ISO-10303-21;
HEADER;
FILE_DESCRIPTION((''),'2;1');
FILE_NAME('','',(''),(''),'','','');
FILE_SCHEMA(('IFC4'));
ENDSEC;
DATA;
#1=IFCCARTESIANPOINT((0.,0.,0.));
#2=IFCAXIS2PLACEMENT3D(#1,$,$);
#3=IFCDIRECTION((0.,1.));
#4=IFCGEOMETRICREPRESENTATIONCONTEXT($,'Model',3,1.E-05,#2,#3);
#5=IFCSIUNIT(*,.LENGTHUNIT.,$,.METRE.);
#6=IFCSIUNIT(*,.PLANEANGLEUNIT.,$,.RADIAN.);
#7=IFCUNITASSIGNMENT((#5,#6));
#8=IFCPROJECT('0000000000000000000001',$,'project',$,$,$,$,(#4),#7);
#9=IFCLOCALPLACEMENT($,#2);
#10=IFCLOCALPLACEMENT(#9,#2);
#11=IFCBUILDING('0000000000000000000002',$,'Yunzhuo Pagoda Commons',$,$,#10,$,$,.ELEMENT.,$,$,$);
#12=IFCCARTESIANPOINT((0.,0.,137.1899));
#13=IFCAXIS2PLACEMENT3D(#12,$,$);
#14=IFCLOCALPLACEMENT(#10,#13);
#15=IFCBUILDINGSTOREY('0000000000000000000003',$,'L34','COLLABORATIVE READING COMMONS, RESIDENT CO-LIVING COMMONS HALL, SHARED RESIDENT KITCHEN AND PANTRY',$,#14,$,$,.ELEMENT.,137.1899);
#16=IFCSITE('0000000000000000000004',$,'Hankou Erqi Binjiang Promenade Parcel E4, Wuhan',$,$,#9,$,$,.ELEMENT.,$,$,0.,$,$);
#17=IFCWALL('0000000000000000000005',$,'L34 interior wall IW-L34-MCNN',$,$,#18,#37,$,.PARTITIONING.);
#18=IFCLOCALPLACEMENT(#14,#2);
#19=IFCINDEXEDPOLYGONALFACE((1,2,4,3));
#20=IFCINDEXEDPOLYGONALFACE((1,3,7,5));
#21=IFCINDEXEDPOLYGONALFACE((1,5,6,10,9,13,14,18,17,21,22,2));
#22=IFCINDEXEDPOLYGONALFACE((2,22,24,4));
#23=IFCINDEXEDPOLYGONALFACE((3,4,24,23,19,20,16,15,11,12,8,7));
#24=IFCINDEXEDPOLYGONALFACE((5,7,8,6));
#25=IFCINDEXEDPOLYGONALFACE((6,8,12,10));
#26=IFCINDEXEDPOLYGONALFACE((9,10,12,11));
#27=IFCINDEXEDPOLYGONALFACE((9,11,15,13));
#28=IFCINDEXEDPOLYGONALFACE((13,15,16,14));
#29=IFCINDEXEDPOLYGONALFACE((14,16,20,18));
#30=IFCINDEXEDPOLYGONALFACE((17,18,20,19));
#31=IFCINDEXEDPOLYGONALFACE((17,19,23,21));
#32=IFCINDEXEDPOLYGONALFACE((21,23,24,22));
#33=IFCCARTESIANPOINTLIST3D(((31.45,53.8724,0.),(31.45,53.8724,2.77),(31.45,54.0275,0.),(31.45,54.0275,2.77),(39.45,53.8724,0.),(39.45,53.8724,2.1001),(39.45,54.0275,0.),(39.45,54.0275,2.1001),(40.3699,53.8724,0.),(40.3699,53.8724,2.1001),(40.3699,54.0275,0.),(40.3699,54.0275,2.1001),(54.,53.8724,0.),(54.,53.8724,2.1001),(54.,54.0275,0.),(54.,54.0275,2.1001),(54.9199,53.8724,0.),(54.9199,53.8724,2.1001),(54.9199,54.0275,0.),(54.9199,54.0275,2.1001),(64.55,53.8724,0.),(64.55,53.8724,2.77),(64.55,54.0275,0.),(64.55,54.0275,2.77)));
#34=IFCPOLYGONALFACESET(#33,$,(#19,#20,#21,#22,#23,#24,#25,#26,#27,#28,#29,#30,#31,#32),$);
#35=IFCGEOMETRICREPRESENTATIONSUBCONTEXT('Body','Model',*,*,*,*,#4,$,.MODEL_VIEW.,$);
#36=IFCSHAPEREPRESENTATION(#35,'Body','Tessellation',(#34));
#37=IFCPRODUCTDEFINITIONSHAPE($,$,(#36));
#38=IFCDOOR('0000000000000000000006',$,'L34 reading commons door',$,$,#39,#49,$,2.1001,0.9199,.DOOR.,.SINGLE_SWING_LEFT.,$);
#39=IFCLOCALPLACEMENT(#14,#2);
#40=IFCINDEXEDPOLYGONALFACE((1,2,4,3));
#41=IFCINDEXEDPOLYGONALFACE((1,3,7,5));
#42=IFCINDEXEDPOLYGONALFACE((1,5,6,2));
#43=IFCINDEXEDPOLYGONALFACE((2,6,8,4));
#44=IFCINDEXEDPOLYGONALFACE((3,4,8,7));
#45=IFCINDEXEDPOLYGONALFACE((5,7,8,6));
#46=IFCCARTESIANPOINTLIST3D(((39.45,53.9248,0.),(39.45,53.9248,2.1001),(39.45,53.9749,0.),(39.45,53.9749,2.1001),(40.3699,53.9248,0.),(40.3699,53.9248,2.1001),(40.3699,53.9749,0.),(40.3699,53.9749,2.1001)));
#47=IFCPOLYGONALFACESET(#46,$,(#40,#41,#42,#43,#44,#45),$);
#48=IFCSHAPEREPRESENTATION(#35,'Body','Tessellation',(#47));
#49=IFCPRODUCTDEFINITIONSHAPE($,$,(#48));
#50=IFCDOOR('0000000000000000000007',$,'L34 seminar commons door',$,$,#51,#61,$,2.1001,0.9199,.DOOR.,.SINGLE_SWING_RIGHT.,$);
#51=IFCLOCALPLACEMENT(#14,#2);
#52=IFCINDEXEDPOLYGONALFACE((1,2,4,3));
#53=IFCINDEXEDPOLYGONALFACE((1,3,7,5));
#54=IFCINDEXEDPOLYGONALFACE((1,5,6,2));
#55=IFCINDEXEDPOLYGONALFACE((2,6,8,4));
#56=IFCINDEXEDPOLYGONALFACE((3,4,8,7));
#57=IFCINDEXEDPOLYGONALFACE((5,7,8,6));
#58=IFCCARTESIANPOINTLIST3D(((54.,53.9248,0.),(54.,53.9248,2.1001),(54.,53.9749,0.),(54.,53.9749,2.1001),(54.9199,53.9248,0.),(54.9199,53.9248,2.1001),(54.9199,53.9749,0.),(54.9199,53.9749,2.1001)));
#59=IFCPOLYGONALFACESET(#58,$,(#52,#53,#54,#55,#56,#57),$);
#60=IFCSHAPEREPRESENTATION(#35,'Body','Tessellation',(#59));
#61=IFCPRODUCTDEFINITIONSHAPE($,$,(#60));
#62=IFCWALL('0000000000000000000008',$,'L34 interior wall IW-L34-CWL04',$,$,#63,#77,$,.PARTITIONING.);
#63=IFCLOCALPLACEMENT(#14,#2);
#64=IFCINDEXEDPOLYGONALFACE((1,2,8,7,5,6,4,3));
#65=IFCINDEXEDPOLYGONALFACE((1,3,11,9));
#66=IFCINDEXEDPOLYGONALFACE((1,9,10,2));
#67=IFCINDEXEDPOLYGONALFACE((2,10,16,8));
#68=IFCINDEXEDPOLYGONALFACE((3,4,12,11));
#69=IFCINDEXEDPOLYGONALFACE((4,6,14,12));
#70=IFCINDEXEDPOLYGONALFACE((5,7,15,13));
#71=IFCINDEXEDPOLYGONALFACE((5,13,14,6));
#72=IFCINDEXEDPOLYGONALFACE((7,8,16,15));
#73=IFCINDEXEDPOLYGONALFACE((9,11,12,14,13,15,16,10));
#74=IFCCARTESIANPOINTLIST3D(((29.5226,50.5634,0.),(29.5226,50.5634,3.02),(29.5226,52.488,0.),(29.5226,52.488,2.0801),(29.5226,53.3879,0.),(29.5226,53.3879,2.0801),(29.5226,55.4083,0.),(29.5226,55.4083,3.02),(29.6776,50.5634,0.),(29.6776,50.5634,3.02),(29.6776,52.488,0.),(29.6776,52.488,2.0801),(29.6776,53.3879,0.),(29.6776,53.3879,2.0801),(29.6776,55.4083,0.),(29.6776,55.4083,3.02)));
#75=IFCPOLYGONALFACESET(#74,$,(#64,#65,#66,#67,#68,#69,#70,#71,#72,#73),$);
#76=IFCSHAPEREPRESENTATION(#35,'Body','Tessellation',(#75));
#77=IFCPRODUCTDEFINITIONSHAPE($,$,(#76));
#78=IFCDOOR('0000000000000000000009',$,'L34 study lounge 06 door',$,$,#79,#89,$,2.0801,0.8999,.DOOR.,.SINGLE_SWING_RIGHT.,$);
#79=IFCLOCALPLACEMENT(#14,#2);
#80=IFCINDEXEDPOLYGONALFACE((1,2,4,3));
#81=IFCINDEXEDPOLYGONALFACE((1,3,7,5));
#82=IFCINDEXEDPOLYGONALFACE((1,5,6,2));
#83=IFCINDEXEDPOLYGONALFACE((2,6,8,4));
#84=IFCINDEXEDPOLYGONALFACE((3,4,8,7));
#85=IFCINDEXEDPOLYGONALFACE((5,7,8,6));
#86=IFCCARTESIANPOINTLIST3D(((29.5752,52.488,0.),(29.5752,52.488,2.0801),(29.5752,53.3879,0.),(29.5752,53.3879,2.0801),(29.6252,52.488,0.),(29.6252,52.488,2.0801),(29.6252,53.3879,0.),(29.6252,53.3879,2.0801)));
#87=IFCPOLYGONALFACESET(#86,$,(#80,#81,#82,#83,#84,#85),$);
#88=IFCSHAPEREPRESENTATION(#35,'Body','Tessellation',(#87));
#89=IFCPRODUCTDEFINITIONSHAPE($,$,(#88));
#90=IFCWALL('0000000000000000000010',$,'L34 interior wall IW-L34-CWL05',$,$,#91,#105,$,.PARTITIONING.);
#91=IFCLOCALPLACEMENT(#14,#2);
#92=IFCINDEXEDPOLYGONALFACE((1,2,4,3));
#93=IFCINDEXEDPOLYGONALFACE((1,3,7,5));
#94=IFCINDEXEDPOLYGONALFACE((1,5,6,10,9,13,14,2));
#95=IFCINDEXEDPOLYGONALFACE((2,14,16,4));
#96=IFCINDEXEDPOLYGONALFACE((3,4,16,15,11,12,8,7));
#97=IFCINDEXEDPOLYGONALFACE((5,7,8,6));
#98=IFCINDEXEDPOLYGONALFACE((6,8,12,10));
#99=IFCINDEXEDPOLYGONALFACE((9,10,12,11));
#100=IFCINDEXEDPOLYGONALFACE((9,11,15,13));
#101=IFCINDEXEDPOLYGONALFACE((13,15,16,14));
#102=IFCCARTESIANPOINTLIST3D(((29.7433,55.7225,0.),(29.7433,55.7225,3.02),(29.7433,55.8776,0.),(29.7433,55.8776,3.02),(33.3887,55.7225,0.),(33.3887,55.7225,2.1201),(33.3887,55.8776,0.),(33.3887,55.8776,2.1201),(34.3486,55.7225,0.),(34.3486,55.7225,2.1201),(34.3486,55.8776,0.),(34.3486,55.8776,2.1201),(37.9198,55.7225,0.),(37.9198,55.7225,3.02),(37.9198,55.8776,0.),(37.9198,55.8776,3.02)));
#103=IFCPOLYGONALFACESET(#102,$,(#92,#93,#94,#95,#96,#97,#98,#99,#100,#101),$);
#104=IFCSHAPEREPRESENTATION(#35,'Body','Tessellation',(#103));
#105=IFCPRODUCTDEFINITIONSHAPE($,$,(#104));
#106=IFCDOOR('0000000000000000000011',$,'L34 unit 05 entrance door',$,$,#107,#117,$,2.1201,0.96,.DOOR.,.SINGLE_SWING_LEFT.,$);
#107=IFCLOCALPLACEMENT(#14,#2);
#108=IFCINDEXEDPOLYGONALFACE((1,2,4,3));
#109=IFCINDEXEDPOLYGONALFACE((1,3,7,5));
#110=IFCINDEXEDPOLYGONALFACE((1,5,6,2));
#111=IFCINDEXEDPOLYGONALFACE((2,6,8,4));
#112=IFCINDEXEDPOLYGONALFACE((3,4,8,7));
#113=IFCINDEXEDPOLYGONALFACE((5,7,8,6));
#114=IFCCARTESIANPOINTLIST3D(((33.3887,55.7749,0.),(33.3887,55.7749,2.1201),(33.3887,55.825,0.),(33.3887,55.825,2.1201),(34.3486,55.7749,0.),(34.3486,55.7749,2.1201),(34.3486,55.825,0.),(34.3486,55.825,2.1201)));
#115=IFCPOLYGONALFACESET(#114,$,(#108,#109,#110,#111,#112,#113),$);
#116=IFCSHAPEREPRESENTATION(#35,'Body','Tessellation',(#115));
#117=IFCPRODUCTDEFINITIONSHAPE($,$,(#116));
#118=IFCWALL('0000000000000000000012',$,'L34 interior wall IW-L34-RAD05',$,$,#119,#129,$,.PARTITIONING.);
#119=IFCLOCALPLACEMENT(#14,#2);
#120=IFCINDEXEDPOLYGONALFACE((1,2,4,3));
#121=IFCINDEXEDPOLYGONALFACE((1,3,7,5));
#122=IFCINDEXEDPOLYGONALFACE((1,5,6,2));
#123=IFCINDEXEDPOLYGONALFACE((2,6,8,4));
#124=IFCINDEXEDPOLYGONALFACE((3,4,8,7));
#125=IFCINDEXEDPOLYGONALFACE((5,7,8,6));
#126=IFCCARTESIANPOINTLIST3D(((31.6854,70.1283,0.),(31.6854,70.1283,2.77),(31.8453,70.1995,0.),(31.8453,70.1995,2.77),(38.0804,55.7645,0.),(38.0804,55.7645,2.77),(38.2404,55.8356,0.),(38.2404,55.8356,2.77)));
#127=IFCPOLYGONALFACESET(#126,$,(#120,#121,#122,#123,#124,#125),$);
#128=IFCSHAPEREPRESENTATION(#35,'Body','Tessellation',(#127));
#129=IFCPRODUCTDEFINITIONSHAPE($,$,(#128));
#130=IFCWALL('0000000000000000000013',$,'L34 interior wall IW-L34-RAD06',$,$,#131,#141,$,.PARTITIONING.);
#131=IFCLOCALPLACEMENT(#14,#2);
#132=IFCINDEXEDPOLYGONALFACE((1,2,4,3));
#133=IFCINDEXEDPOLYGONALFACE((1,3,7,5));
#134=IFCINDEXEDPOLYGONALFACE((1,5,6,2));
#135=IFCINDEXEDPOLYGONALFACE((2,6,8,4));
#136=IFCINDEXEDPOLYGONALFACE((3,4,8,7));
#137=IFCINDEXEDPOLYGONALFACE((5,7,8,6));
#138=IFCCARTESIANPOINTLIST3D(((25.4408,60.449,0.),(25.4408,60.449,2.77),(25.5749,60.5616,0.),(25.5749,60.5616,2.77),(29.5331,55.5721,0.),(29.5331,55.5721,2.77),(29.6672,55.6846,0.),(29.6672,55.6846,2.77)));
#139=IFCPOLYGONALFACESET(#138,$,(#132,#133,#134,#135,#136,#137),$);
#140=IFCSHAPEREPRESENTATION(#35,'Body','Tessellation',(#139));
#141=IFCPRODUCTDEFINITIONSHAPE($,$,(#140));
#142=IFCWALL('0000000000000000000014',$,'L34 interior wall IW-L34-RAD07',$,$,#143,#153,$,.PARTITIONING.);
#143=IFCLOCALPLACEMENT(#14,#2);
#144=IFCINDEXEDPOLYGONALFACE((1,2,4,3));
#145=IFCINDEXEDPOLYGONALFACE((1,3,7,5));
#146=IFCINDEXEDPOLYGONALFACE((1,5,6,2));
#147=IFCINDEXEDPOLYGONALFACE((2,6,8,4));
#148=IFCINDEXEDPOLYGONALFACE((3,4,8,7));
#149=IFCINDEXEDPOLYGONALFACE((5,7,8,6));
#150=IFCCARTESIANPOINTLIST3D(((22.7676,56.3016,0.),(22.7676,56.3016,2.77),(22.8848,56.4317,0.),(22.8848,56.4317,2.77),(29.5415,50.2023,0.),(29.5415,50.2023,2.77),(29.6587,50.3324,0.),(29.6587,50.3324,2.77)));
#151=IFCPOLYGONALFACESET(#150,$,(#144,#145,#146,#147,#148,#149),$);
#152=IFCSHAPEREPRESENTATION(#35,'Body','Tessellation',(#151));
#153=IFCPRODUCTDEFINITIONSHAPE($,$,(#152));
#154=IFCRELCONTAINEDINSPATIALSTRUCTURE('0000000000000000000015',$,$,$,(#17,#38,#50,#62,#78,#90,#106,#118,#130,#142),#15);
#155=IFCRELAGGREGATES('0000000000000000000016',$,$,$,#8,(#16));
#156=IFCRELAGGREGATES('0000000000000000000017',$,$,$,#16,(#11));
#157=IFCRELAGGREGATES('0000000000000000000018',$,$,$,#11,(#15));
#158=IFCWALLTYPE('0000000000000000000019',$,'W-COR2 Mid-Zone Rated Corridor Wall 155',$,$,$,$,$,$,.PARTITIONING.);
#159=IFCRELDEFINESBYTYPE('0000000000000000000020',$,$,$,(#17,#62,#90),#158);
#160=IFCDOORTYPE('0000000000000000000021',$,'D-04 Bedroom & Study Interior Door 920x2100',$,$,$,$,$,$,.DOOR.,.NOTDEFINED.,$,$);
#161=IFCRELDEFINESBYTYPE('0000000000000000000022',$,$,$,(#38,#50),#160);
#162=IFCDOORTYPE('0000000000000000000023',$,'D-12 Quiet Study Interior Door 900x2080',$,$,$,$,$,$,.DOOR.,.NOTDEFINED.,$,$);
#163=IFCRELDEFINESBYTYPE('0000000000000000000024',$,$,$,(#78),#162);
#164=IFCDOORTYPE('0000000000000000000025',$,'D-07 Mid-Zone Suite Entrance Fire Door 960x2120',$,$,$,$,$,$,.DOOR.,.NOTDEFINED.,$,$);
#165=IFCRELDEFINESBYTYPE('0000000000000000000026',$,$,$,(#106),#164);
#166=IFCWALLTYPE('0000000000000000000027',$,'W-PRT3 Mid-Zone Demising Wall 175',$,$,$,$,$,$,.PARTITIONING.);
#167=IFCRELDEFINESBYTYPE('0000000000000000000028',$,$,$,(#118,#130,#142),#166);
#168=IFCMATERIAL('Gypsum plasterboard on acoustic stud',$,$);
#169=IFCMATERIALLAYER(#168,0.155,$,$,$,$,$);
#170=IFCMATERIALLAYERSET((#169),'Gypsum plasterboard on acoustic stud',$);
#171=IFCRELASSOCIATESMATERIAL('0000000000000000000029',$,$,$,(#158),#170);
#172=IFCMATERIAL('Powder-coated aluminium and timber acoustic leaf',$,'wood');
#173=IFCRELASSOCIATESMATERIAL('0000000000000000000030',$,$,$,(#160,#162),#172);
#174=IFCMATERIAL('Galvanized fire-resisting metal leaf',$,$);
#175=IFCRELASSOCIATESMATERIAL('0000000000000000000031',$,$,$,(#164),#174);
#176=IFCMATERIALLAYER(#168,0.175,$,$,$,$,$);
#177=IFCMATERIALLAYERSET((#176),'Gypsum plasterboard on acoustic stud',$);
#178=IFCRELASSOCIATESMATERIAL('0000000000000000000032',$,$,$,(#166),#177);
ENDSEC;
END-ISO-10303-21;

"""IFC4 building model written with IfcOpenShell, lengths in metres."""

from ifc_helpers import new_model, si_unit, direction, frame, frame_2d, origin, origin_with_axes, place, context, subcontext, project, spatial, rectangle, extrude, source, transform, mapped, material, layer, layer_set, type_object, element, fill, save


model = new_model("IFC4")

# Units and contexts
model_context = context("Model", 3, precision=1e-05, world=origin(), true_north=direction((0.0, 1.0)))
body_context = subcontext(model_context, "Body", "Model", "MODEL_VIEW")
ifc_project = project(units=[si_unit("LENGTHUNIT", "METRE"), si_unit("PLANEANGLEUNIT", "RADIAN")], contexts=[model_context])

# Site, building, storey
site_placement = place(None, origin())
site = spatial("IfcSite", under=ifc_project, at=site_placement, Name="Hankou Erqi Binjiang Promenade Parcel E4, Wuhan", CompositionType="ELEMENT", RefElevation=0.0)
building_placement = place(site_placement, origin())
building = spatial("IfcBuilding", under=site, at=building_placement, Name="Yunzhuo Pagoda Commons", CompositionType="ELEMENT")
storey_placement = place(building_placement, frame((0.0, 0.0, 137.1899)))
storey = spatial("IfcBuildingStorey", under=building, at=storey_placement, Name="L34", Description="COLLABORATIVE READING COMMONS, RESIDENT CO-LIVING COMMONS HALL, SHARED RESIDENT KITCHEN AND PANTRY", CompositionType="ELEMENT", Elevation=137.1899)

# Wall, openings, doors
ifc_material_1 = material(Name="Gypsum plasterboard on acoustic stud")
ifc_layer_1 = layer(ifc_material_1, 0.155)
ifc_layer_set_1 = layer_set([ifc_layer_1], Name="Gypsum plasterboard on acoustic stud")
wall_type_1 = type_object("IfcWallType", Name="W-COR2 Mid-Zone Rated Corridor Wall 155", PredefinedType="PARTITIONING", material=ifc_layer_set_1)
wall_1_placement = place(storey_placement, frame((31.45, 53.95, 0.0), z_axis=(0.0, 0.0, 1.0), x_axis=(1.0, 0.0, 0.0)))
wall_1 = element("IfcWall", 1, at=wall_1_placement, inside=storey, type_object=wall_type_1, Name="L34 interior wall IW-L34-MCNN", PredefinedType="PARTITIONING", context=body_context, shape_type="SweptSolid", body=[
    extrude(rectangle(XDim=33.1001, YDim=0.155, at=frame_2d((16.55, 0.0))), origin(), (0.0, 0.0, 1.0), 2.77),
])
opening_1_placement = place(wall_1_placement, frame((8.0, 0.0, 0.0)))
opening_1 = element("IfcOpeningElement", 2, at=opening_1_placement, cuts=wall_1, PredefinedType="OPENING", context=body_context, shape_type="SweptSolid", body=[
    extrude(rectangle(XDim=0.9199, YDim=2.1001, at=frame_2d((0.46, 1.05))), frame((0.0, 0.0874, 0.0), z_axis=(0.0, -1.0, 0.0), x_axis=(1.0, 0.0, 0.0)), (0.0, 0.0, 1.0), 0.175),
])
opening_2_placement = place(wall_1_placement, frame((22.55, 0.0, 0.0)))
opening_2 = element("IfcOpeningElement", 3, at=opening_2_placement, cuts=wall_1, PredefinedType="OPENING", context=body_context, shape_type="SweptSolid", body=[
    extrude(rectangle(XDim=0.9199, YDim=2.1001, at=frame_2d((0.46, 1.05))), frame((0.0, 0.0874, 0.0), z_axis=(0.0, -1.0, 0.0), x_axis=(1.0, 0.0, 0.0)), (0.0, 0.0, 1.0), 0.175),
])
ifc_material_2 = material(Name="Powder-coated aluminium and timber acoustic leaf", Category="wood")
door_type_1 = type_object("IfcDoorType", Name="D-04 Bedroom & Study Interior Door 920x2100", OperationType="NOTDEFINED", PredefinedType="DOOR", material=ifc_material_2)
shared_shape_1 = source(origin(), body_context, "Body", "SweptSolid", [
    extrude(rectangle(XDim=0.9199, YDim=2.1001, at=frame_2d((0.46, 1.05))), frame((0.0, 0.0249, 0.0), z_axis=(0.0, -1.0, 0.0), x_axis=(1.0, 0.0, 0.0)), (0.0, 0.0, 1.0), 0.05),
])
door_1_placement = place(opening_1_placement, origin_with_axes())
door_1 = element("IfcDoor", 4, at=door_1_placement, inside=storey, type_object=door_type_1, Name="L34 reading commons door", OperationType="SINGLE_SWING_LEFT", OverallHeight=2.1001, OverallWidth=0.9199, PredefinedType="DOOR", context=body_context, shape_type="MappedRepresentation", body=[
    mapped(shared_shape_1, transform((0.0, 0.0, 0.0), scale=1.0)),
])
fill(opening_1, door_1)
door_2_placement = place(opening_2_placement, origin_with_axes())
door_2 = element("IfcDoor", 5, at=door_2_placement, inside=storey, type_object=door_type_1, Name="L34 seminar commons door", OperationType="SINGLE_SWING_RIGHT", OverallHeight=2.1001, OverallWidth=0.9199, PredefinedType="DOOR", context=body_context, shape_type="MappedRepresentation", body=[
    mapped(shared_shape_1, transform((0.0, 0.0, 0.0), scale=1.0)),
])
fill(opening_2, door_2)

# Walls, openings, doors
wall_2_placement = place(storey_placement, frame((29.6001, 50.5635, 0.0), z_axis=(0.0, 0.0, 1.0), x_axis=(0.0, 1.0, 0.0)))
wall_2 = element("IfcWall", 6, at=wall_2_placement, inside=storey, type_object=wall_type_1, Name="L34 interior wall IW-L34-CWL04", PredefinedType="PARTITIONING", context=body_context, shape_type="SweptSolid", body=[
    extrude(rectangle(XDim=4.845, YDim=0.155, at=frame_2d((2.4224, 0.0))), origin(), (0.0, 0.0, 1.0), 3.02),
])
opening_3_placement = place(wall_2_placement, frame((1.9246, 0.0, 0.0)))
opening_3 = element("IfcOpeningElement", 7, at=opening_3_placement, cuts=wall_2, PredefinedType="OPENING", context=body_context, shape_type="SweptSolid", body=[
    extrude(rectangle(XDim=0.8999, YDim=2.0801, at=frame_2d((0.45, 1.04))), frame((0.0, 0.0874, 0.0), z_axis=(0.0, -1.0, 0.0), x_axis=(1.0, 0.0, 0.0)), (0.0, 0.0, 1.0), 0.175),
])
door_type_2 = type_object("IfcDoorType", Name="D-12 Quiet Study Interior Door 900x2080", OperationType="NOTDEFINED", PredefinedType="DOOR", material=ifc_material_2)
shared_shape_2 = source(origin(), body_context, "Body", "SweptSolid", [
    extrude(rectangle(XDim=0.8999, YDim=2.0801, at=frame_2d((0.45, 1.04))), frame((0.0, 0.0249, 0.0), z_axis=(0.0, -1.0, 0.0), x_axis=(1.0, 0.0, 0.0)), (0.0, 0.0, 1.0), 0.05),
])
door_3_placement = place(opening_3_placement, origin_with_axes())
door_3 = element("IfcDoor", 8, at=door_3_placement, inside=storey, type_object=door_type_2, Name="L34 study lounge 06 door", OperationType="SINGLE_SWING_RIGHT", OverallHeight=2.0801, OverallWidth=0.8999, PredefinedType="DOOR", context=body_context, shape_type="MappedRepresentation", body=[
    mapped(shared_shape_2, transform((0.0, 0.0, 0.0), scale=1.0)),
])
fill(opening_3, door_3)
wall_3_placement = place(storey_placement, frame((29.7432, 55.8, 0.0), z_axis=(0.0, 0.0, 1.0), x_axis=(1.0, 0.0, 0.0)))
wall_3 = element("IfcWall", 9, at=wall_3_placement, inside=storey, type_object=wall_type_1, Name="L34 interior wall IW-L34-CWL05", PredefinedType="PARTITIONING", context=body_context, shape_type="SweptSolid", body=[
    extrude(rectangle(XDim=8.1765, YDim=0.155, at=frame_2d((4.0884, 0.0))), origin(), (0.0, 0.0, 1.0), 3.02),
])
opening_4_placement = place(wall_3_placement, frame((3.6455, 0.0, 0.0)))
opening_4 = element("IfcOpeningElement", 10, at=opening_4_placement, cuts=wall_3, PredefinedType="OPENING", context=body_context, shape_type="SweptSolid", body=[
    extrude(rectangle(XDim=0.96, YDim=2.1201, at=frame_2d((0.48, 1.0601))), frame((0.0, 0.0874, 0.0), z_axis=(0.0, -1.0, 0.0), x_axis=(1.0, 0.0, 0.0)), (0.0, 0.0, 1.0), 0.175),
])
ifc_material_3 = material(Name="Galvanized fire-resisting metal leaf")
door_type_3 = type_object("IfcDoorType", Name="D-07 Mid-Zone Suite Entrance Fire Door 960x2120", OperationType="NOTDEFINED", PredefinedType="DOOR", material=ifc_material_3)
shared_shape_3 = source(origin(), body_context, "Body", "SweptSolid", [
    extrude(rectangle(XDim=0.96, YDim=2.1201, at=frame_2d((0.48, 1.0601))), frame((0.0, 0.0249, 0.0), z_axis=(0.0, -1.0, 0.0), x_axis=(1.0, 0.0, 0.0)), (0.0, 0.0, 1.0), 0.05),
])
door_4_placement = place(opening_4_placement, origin_with_axes())
door_4 = element("IfcDoor", 11, at=door_4_placement, inside=storey, type_object=door_type_3, Name="L34 unit 05 entrance door", OperationType="SINGLE_SWING_LEFT", OverallHeight=2.1201, OverallWidth=0.96, PredefinedType="DOOR", context=body_context, shape_type="MappedRepresentation", body=[
    mapped(shared_shape_3, transform((0.0, 0.0, 0.0), scale=1.0)),
])
fill(opening_4, door_4)

# Walls
ifc_layer_2 = layer(ifc_material_1, 0.175)
ifc_layer_set_2 = layer_set([ifc_layer_2], Name="Gypsum plasterboard on acoustic stud")
wall_type_2 = type_object("IfcWallType", Name="W-PRT3 Mid-Zone Demising Wall 175", PredefinedType="PARTITIONING", material=ifc_layer_set_2)
wall_4_placement = place(storey_placement, frame((38.1604, 55.8, 0.0), z_axis=(0.0, 0.0, 1.0), x_axis=(-0.406729, 0.913549, 0.0)))
element("IfcWall", 12, at=wall_4_placement, inside=storey, type_object=wall_type_2, Name="L34 interior wall IW-L34-RAD05", PredefinedType="PARTITIONING", context=body_context, shape_type="SweptSolid", body=[
    extrude(rectangle(XDim=15.7231, YDim=0.175, at=frame_2d((7.8616, 0.0))), origin(), (0.0, 0.0, 1.0), 2.77),
])
wall_5_placement = place(storey_placement, frame((29.6001, 55.6284, 0.0), z_axis=(0.0, 0.0, 1.0), x_axis=(-0.642791, 0.766042, 0.0)))
element("IfcWall", 13, at=wall_5_placement, inside=storey, type_object=wall_type_2, Name="L34 interior wall IW-L34-RAD06", PredefinedType="PARTITIONING", context=body_context, shape_type="SweptSolid", body=[
    extrude(rectangle(XDim=6.3665, YDim=0.175, at=frame_2d((3.1831, 0.0))), origin(), (0.0, 0.0, 1.0), 2.77),
])
wall_6_placement = place(storey_placement, frame((29.6001, 50.2673, 0.0), z_axis=(0.0, 0.0, 1.0), x_axis=(-0.74314, 0.669136, 0.0)))
element("IfcWall", 14, at=wall_6_placement, inside=storey, type_object=wall_type_2, Name="L34 interior wall IW-L34-RAD07", PredefinedType="PARTITIONING", context=body_context, shape_type="SweptSolid", body=[
    extrude(rectangle(XDim=9.1152, YDim=0.175, at=frame_2d((4.5576, 0.0))), origin(), (0.0, 0.0, 1.0), 2.77),
])

save(model, "model.ifc")
